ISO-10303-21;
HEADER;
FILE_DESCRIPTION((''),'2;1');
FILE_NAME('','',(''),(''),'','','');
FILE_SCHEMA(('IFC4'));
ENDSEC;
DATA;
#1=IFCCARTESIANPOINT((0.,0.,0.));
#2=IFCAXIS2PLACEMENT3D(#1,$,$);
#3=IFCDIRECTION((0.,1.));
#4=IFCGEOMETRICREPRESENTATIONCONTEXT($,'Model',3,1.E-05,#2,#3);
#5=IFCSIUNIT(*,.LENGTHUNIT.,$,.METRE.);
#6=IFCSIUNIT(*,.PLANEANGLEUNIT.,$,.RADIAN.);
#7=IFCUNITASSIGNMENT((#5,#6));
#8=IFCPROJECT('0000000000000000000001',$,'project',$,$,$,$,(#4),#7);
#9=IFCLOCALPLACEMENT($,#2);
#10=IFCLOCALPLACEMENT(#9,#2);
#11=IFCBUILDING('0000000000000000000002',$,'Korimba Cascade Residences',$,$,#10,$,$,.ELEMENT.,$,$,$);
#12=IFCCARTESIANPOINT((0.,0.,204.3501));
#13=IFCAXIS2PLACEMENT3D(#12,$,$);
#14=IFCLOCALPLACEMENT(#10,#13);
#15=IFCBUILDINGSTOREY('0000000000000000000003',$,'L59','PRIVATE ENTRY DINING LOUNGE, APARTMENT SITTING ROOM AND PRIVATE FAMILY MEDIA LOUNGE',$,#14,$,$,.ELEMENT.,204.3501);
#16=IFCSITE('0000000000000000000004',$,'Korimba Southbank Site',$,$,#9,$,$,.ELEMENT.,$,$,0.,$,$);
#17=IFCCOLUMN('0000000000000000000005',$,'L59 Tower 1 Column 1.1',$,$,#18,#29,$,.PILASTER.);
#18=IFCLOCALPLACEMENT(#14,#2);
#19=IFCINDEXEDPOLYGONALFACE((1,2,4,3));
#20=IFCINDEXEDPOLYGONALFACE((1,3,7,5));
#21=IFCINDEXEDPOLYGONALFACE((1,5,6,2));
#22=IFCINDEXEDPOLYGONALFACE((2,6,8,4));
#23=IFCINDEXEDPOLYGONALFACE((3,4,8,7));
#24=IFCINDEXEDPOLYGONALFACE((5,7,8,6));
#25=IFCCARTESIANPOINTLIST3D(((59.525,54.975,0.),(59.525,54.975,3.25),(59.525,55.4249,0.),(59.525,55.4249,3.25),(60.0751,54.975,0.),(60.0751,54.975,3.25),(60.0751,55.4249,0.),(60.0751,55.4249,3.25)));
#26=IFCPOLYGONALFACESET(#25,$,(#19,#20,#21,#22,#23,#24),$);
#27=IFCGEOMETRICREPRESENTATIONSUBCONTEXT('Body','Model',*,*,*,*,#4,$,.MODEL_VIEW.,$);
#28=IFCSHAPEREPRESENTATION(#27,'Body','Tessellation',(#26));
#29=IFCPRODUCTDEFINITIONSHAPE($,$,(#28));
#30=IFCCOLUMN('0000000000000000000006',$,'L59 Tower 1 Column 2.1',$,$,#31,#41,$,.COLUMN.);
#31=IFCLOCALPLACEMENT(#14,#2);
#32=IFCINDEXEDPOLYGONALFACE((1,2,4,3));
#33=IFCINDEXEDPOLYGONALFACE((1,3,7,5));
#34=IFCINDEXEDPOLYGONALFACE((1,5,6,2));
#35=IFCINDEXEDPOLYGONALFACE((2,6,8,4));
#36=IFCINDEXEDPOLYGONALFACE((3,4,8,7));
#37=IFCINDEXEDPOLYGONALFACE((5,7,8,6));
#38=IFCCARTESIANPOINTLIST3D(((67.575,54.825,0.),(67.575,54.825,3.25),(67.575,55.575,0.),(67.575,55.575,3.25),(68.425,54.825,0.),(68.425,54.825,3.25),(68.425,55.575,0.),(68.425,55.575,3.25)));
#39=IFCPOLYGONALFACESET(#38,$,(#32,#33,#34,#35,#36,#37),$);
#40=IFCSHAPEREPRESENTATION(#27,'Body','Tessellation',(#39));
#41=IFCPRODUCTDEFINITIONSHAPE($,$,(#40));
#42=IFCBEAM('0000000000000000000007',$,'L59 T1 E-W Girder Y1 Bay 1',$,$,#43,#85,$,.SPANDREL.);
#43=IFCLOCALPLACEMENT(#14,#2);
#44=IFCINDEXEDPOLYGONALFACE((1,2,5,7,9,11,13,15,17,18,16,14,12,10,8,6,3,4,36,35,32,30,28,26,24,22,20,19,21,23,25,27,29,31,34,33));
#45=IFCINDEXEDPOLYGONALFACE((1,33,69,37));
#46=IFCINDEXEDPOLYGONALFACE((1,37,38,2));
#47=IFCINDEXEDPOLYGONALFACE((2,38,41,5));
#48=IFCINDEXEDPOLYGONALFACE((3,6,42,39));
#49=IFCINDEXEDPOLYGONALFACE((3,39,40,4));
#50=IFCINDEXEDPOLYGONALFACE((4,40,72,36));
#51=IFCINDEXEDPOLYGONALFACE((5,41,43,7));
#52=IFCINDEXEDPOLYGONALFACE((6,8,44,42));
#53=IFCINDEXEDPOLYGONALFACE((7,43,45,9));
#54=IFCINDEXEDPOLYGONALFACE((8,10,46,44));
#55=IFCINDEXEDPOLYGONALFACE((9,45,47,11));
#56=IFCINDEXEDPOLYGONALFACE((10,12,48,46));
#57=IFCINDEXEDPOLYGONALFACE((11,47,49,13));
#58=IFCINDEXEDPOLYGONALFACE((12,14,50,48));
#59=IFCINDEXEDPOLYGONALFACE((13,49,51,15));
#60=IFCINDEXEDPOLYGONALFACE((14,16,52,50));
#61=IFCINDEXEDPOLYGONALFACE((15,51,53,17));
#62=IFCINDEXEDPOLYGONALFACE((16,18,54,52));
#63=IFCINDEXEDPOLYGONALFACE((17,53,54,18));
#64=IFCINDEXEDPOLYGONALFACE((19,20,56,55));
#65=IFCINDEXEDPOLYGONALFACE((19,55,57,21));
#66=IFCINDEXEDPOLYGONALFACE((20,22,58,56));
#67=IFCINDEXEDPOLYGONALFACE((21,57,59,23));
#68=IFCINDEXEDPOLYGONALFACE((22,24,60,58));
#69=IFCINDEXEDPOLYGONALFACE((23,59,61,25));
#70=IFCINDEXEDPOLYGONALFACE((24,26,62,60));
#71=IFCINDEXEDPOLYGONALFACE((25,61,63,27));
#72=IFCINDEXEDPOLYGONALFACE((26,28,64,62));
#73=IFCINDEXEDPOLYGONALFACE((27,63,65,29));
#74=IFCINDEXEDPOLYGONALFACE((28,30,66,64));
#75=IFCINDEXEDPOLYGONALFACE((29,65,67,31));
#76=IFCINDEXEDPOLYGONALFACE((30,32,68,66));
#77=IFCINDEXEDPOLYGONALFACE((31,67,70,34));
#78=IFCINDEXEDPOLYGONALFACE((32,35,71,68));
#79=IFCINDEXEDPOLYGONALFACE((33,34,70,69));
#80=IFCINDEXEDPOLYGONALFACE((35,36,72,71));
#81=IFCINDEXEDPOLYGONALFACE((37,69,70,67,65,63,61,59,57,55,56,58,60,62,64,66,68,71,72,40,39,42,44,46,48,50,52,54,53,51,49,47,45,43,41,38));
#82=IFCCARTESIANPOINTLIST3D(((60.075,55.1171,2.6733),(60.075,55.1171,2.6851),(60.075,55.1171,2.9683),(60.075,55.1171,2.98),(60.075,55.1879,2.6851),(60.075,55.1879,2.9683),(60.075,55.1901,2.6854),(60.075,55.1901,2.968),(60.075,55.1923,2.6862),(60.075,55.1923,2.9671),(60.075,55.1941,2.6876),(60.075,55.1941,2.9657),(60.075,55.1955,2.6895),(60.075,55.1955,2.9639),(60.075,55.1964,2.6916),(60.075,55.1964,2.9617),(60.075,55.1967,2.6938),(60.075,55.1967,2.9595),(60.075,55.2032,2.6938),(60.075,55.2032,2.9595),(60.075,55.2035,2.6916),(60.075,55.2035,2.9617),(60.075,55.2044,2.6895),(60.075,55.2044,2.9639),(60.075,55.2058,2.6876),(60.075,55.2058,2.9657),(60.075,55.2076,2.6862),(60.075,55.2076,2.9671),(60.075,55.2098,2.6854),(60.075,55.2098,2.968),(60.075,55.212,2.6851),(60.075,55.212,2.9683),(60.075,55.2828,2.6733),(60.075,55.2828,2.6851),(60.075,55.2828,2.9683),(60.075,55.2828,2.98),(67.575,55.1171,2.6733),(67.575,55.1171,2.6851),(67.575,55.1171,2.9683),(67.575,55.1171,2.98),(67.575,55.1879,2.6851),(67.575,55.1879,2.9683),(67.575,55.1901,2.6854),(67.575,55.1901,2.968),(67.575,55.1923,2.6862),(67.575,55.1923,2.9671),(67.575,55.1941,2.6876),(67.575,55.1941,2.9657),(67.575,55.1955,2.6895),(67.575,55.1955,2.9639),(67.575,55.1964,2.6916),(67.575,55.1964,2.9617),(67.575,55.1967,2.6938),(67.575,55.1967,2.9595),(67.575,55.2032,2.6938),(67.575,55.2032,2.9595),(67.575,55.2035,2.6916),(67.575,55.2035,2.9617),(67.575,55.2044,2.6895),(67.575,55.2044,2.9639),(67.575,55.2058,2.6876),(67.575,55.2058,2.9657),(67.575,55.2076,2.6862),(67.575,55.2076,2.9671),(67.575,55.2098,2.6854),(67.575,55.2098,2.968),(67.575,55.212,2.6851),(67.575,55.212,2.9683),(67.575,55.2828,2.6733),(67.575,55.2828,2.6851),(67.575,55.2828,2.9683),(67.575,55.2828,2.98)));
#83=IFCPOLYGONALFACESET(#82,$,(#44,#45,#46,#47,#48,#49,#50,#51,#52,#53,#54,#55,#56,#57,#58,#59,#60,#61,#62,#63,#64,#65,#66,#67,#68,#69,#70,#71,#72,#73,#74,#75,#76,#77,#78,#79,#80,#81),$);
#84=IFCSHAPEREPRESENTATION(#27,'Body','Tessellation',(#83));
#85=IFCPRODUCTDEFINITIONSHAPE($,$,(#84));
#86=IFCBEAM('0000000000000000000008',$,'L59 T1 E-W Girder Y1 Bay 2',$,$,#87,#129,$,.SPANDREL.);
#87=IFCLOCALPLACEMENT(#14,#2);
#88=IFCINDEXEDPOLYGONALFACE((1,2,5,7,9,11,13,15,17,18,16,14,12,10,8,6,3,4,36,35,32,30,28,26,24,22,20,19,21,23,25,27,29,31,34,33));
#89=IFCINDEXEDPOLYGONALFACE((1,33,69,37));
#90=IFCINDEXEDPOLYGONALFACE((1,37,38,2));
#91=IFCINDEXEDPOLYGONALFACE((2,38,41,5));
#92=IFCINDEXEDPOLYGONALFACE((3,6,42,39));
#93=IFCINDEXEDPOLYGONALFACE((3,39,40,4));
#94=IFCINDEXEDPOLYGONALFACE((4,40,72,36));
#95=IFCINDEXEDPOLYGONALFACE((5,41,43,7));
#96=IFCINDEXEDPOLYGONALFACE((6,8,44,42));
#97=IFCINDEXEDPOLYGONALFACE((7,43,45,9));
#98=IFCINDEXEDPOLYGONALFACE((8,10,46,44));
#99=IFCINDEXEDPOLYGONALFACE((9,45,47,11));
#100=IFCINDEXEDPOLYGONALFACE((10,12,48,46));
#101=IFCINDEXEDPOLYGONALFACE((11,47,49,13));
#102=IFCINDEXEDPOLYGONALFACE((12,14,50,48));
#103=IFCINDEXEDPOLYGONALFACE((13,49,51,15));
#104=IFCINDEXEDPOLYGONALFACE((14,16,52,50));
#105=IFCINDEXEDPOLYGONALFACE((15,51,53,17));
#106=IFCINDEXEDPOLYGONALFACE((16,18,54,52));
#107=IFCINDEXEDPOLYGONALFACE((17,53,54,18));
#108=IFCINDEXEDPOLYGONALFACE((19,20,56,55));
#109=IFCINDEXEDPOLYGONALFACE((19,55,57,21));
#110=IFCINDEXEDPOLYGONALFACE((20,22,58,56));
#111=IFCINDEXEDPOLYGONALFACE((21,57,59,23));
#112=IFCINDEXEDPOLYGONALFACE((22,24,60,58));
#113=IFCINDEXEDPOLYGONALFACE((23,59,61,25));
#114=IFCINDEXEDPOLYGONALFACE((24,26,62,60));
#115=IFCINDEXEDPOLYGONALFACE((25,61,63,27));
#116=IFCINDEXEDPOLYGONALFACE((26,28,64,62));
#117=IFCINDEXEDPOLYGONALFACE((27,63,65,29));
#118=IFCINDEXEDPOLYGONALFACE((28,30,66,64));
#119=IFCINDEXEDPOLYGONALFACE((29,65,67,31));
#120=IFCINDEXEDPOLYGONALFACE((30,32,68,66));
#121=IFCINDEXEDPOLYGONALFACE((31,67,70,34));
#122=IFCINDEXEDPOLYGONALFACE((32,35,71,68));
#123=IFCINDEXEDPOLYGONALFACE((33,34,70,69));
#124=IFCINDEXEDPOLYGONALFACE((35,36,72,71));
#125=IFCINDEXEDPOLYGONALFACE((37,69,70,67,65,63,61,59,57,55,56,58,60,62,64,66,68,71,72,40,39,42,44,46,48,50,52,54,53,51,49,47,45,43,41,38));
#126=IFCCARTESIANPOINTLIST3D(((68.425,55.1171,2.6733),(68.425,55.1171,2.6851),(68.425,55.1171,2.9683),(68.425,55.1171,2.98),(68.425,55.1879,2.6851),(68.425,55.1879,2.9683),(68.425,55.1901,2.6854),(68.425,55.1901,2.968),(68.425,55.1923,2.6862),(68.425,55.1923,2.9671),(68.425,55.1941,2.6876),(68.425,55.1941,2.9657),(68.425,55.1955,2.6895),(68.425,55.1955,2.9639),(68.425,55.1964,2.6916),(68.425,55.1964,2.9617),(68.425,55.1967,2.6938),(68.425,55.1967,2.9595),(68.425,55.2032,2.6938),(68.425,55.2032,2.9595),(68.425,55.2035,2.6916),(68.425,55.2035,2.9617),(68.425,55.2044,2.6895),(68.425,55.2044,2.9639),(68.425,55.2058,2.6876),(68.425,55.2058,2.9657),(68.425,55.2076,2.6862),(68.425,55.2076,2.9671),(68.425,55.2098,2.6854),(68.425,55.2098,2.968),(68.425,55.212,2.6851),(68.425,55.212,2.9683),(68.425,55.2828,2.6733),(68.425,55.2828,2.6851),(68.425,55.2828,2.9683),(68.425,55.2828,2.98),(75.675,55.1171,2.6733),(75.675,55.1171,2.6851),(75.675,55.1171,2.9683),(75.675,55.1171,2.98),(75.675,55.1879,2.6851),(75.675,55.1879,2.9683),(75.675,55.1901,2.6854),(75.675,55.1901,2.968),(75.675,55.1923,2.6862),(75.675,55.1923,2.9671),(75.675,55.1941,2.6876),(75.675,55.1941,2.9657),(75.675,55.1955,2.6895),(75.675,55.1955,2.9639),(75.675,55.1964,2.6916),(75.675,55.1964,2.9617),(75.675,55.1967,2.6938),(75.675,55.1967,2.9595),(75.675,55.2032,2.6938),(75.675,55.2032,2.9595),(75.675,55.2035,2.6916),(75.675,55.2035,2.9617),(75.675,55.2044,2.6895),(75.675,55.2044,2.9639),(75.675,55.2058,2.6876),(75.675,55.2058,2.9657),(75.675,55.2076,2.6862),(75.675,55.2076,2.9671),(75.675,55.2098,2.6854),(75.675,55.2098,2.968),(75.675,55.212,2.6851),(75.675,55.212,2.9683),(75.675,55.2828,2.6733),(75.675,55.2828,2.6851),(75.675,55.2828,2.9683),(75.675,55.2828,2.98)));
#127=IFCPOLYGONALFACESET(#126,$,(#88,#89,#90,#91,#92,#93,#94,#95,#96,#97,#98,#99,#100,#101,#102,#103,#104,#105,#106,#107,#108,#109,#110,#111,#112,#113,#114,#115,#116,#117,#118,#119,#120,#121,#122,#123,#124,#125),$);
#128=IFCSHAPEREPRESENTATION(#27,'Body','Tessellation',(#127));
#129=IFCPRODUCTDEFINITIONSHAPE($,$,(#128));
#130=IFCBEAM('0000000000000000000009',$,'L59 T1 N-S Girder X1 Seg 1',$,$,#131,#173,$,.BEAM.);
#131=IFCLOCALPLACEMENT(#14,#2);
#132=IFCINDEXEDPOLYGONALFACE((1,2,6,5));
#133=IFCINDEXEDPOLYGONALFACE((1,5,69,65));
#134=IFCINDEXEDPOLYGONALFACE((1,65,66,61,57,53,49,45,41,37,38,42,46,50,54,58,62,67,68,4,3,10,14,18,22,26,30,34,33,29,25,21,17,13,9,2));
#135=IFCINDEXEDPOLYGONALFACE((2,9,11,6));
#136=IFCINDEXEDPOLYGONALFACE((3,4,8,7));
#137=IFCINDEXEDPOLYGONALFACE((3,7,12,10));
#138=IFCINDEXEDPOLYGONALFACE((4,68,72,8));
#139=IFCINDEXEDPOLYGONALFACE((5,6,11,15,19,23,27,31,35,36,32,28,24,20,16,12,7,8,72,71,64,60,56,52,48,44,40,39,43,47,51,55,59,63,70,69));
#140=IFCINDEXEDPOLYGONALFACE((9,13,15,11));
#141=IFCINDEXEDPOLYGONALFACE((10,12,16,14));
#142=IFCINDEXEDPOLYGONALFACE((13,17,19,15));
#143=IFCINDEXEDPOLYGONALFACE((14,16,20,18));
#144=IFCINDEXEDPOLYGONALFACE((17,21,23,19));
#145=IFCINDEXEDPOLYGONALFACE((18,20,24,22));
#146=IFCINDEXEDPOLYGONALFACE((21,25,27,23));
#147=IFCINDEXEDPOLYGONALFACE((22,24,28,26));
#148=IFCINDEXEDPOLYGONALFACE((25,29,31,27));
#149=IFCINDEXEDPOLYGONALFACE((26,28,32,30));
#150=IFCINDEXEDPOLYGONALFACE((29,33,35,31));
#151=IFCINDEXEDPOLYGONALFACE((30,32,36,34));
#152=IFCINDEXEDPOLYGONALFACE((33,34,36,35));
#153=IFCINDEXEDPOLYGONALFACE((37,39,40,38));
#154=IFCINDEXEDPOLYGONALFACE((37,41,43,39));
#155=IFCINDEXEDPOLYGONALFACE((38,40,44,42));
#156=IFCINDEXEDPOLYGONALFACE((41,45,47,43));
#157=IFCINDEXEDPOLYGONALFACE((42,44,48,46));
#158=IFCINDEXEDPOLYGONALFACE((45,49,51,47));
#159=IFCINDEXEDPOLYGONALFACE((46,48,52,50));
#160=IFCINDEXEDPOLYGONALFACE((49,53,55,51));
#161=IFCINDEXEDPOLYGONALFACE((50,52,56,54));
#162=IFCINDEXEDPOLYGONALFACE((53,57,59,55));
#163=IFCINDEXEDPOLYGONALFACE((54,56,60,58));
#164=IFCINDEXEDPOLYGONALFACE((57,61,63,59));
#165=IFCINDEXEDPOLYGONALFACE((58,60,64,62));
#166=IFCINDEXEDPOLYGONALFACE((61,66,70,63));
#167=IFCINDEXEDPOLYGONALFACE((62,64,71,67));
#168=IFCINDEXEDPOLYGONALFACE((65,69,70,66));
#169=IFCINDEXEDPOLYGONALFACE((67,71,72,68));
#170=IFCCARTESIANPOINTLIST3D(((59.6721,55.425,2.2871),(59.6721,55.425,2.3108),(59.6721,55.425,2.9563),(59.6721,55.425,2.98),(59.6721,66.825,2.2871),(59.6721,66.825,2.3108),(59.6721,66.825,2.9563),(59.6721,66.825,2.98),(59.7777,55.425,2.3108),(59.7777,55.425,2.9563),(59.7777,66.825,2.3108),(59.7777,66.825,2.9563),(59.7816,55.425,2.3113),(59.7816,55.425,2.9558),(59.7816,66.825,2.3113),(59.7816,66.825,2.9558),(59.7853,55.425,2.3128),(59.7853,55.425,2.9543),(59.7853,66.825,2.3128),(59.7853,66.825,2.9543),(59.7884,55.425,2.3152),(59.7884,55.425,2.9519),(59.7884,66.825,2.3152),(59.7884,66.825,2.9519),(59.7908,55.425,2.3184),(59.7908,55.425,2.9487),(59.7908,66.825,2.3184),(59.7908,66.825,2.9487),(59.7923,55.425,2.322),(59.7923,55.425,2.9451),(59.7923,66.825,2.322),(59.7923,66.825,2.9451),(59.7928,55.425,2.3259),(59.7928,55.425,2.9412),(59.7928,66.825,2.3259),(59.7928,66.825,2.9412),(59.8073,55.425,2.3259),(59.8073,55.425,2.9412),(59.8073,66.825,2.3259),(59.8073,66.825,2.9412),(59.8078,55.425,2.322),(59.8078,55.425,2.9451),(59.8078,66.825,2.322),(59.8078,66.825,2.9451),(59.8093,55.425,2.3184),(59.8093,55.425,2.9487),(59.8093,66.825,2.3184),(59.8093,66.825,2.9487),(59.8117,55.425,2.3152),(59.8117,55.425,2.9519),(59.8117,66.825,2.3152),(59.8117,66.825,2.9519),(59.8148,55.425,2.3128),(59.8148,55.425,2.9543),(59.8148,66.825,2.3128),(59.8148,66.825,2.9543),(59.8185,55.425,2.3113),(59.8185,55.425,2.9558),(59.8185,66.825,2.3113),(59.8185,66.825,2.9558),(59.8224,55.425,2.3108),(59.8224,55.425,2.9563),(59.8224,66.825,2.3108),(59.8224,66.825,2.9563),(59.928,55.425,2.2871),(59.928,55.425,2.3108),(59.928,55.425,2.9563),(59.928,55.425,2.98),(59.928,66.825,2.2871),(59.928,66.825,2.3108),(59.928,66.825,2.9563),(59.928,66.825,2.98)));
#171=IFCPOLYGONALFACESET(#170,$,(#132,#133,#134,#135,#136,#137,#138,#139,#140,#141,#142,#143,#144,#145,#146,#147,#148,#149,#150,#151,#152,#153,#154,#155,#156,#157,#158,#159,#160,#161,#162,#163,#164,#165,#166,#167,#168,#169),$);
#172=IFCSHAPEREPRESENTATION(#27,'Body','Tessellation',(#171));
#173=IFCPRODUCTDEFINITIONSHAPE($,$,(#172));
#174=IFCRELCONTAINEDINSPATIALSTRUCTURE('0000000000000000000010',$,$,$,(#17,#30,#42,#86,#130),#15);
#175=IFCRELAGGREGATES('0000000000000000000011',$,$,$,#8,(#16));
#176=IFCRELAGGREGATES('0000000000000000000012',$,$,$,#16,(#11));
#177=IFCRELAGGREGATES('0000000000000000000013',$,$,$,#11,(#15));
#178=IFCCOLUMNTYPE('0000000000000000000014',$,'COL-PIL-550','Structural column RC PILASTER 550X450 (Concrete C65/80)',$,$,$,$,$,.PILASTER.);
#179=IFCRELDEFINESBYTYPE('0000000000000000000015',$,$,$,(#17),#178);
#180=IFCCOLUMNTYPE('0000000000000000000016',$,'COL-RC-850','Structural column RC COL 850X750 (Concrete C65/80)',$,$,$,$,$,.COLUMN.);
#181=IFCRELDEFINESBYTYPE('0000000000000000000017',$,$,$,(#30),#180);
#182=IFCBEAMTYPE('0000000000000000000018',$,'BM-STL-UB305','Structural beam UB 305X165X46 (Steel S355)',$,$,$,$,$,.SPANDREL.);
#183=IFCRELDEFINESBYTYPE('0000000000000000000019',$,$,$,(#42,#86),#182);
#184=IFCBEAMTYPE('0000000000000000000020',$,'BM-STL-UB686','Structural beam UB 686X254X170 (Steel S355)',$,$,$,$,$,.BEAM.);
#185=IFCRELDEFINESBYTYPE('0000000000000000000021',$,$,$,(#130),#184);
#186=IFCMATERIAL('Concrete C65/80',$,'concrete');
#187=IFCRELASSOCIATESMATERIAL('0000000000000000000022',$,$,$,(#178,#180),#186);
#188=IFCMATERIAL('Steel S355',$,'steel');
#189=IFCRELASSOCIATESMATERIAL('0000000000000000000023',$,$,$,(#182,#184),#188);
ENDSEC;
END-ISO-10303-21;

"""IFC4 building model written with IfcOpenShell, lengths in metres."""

from ifc_helpers import new_model, si_unit, direction, frame, origin, origin_2d, place, context, subcontext, project, spatial, rectangle, i_section, extrude, material, material_profile, profile_set, type_object, element, save


model = new_model("IFC4")

# Units and contexts
model_context = context("Model", 3, precision=1e-05, world=origin(), true_north=direction((0.0, 1.0)))
body_context = subcontext(model_context, "Body", "Model", "MODEL_VIEW")
ifc_project = project(units=[si_unit("LENGTHUNIT", "METRE"), si_unit("PLANEANGLEUNIT", "RADIAN")], contexts=[model_context])

# Site, building, storey
site_placement = place(None, origin())
site = spatial("IfcSite", under=ifc_project, at=site_placement, Name="Korimba Southbank Site", CompositionType="ELEMENT", RefElevation=0.0)
building_placement = place(site_placement, origin())
building = spatial("IfcBuilding", under=site, at=building_placement, Name="Korimba Cascade Residences", CompositionType="ELEMENT")
storey_placement = place(building_placement, frame((0.0, 0.0, 204.3501)))
storey = spatial("IfcBuildingStorey", under=building, at=storey_placement, Name="L59", Description="PRIVATE ENTRY DINING LOUNGE, APARTMENT SITTING ROOM AND PRIVATE FAMILY MEDIA LOUNGE", CompositionType="ELEMENT", Elevation=204.3501)

# Columns
ifc_material_1 = material(Name="Concrete C65/80", Category="concrete")
ifc_material_profile_1 = material_profile(ifc_material_1, rectangle(XDim=0.55, YDim=0.45, at=origin_2d()), Name="Concrete C65/80")
ifc_profile_set_1 = profile_set([ifc_material_profile_1], Name="Concrete C65/80")
column_type_1 = type_object("IfcColumnType", Name="COL-PIL-550", Description="Structural column RC PILASTER 550X450 (Concrete C65/80)", PredefinedType="PILASTER", material=ifc_profile_set_1)
column_1_placement = place(storey_placement, frame((59.8, 55.2, 0.0), z_axis=(0.0, 0.0, 1.0), x_axis=(1.0, 0.0, 0.0)))
element("IfcColumn", 1, at=column_1_placement, inside=storey, type_object=column_type_1, Name="L59 Tower 1 Column 1.1", PredefinedType="PILASTER", context=body_context, shape_type="SweptSolid", body=[
    extrude(rectangle(XDim=0.55, YDim=0.45, at=origin_2d()), origin(), (0.0, 0.0, 1.0), 3.25),
])
ifc_material_profile_2 = material_profile(ifc_material_1, rectangle(XDim=0.8501, YDim=0.75, at=origin_2d()), Name="Concrete C65/80")
ifc_profile_set_2 = profile_set([ifc_material_profile_2], Name="Concrete C65/80")
column_type_2 = type_object("IfcColumnType", Name="COL-RC-850", Description="Structural column RC COL 850X750 (Concrete C65/80)", PredefinedType="COLUMN", material=ifc_profile_set_2)
column_2_placement = place(storey_placement, frame((68.0, 55.2, 0.0), z_axis=(0.0, 0.0, 1.0), x_axis=(1.0, 0.0, 0.0)))
element("IfcColumn", 2, at=column_2_placement, inside=storey, type_object=column_type_2, Name="L59 Tower 1 Column 2.1", PredefinedType="COLUMN", context=body_context, shape_type="SweptSolid", body=[
    extrude(rectangle(XDim=0.8501, YDim=0.75, at=origin_2d()), origin(), (0.0, 0.0, 1.0), 3.25),
])

# Beams
ifc_material_2 = material(Name="Steel S355", Category="steel")
ifc_material_profile_3 = material_profile(ifc_material_2, i_section(OverallWidth=0.1658, OverallDepth=0.3066, WebThickness=0.0066, FlangeThickness=0.0117, FilletRadius=0.0088, at=origin_2d()), Name="Steel S355")
ifc_profile_set_3 = profile_set([ifc_material_profile_3], Name="Steel S355")
beam_type_1 = type_object("IfcBeamType", Name="BM-STL-UB305", Description="Structural beam UB 305X165X46 (Steel S355)", PredefinedType="SPANDREL", material=ifc_profile_set_3)
beam_1_placement = place(storey_placement, frame((60.075, 55.2, 2.8267), z_axis=(1.0, 0.0, 0.0), x_axis=(0.0, 1.0, 0.0)))
element("IfcBeam", 3, at=beam_1_placement, inside=storey, type_object=beam_type_1, Name="L59 T1 E-W Girder Y1 Bay 1", PredefinedType="SPANDREL", context=body_context, shape_type="SweptSolid", body=[
    extrude(i_section(OverallWidth=0.1658, OverallDepth=0.3066, WebThickness=0.0066, FlangeThickness=0.0117, FilletRadius=0.0088, at=origin_2d()), origin(), (0.0, 0.0, 1.0), 7.5),
])
beam_2_placement = place(storey_placement, frame((68.425, 55.2, 2.8267), z_axis=(1.0, 0.0, 0.0), x_axis=(0.0, 1.0, 0.0)))
element("IfcBeam", 4, at=beam_2_placement, inside=storey, type_object=beam_type_1, Name="L59 T1 E-W Girder Y1 Bay 2", PredefinedType="SPANDREL", context=body_context, shape_type="SweptSolid", body=[
    extrude(i_section(OverallWidth=0.1658, OverallDepth=0.3066, WebThickness=0.0066, FlangeThickness=0.0117, FilletRadius=0.0088, at=origin_2d()), origin(), (0.0, 0.0, 1.0), 7.25),
])
ifc_material_profile_4 = material_profile(ifc_material_2, i_section(OverallWidth=0.2559, OverallDepth=0.6929, WebThickness=0.0144, FlangeThickness=0.0237, FilletRadius=0.0151, at=origin_2d()), Name="Steel S355")
ifc_profile_set_4 = profile_set([ifc_material_profile_4], Name="Steel S355")
beam_type_2 = type_object("IfcBeamType", Name="BM-STL-UB686", Description="Structural beam UB 686X254X170 (Steel S355)", PredefinedType="BEAM", material=ifc_profile_set_4)
beam_3_placement = place(storey_placement, frame((59.8, 55.425, 2.6335), z_axis=(0.0, 1.0, 0.0), x_axis=(-1.0, 0.0, 0.0)))
element("IfcBeam", 5, at=beam_3_placement, inside=storey, type_object=beam_type_2, Name="L59 T1 N-S Girder X1 Seg 1", PredefinedType="BEAM", context=body_context, shape_type="SweptSolid", body=[
    extrude(i_section(OverallWidth=0.2559, OverallDepth=0.6929, WebThickness=0.0144, FlangeThickness=0.0237, FilletRadius=0.0151, at=origin_2d()), origin(), (0.0, 0.0, 1.0), 11.3999),
])

save(model, "model.ifc")
